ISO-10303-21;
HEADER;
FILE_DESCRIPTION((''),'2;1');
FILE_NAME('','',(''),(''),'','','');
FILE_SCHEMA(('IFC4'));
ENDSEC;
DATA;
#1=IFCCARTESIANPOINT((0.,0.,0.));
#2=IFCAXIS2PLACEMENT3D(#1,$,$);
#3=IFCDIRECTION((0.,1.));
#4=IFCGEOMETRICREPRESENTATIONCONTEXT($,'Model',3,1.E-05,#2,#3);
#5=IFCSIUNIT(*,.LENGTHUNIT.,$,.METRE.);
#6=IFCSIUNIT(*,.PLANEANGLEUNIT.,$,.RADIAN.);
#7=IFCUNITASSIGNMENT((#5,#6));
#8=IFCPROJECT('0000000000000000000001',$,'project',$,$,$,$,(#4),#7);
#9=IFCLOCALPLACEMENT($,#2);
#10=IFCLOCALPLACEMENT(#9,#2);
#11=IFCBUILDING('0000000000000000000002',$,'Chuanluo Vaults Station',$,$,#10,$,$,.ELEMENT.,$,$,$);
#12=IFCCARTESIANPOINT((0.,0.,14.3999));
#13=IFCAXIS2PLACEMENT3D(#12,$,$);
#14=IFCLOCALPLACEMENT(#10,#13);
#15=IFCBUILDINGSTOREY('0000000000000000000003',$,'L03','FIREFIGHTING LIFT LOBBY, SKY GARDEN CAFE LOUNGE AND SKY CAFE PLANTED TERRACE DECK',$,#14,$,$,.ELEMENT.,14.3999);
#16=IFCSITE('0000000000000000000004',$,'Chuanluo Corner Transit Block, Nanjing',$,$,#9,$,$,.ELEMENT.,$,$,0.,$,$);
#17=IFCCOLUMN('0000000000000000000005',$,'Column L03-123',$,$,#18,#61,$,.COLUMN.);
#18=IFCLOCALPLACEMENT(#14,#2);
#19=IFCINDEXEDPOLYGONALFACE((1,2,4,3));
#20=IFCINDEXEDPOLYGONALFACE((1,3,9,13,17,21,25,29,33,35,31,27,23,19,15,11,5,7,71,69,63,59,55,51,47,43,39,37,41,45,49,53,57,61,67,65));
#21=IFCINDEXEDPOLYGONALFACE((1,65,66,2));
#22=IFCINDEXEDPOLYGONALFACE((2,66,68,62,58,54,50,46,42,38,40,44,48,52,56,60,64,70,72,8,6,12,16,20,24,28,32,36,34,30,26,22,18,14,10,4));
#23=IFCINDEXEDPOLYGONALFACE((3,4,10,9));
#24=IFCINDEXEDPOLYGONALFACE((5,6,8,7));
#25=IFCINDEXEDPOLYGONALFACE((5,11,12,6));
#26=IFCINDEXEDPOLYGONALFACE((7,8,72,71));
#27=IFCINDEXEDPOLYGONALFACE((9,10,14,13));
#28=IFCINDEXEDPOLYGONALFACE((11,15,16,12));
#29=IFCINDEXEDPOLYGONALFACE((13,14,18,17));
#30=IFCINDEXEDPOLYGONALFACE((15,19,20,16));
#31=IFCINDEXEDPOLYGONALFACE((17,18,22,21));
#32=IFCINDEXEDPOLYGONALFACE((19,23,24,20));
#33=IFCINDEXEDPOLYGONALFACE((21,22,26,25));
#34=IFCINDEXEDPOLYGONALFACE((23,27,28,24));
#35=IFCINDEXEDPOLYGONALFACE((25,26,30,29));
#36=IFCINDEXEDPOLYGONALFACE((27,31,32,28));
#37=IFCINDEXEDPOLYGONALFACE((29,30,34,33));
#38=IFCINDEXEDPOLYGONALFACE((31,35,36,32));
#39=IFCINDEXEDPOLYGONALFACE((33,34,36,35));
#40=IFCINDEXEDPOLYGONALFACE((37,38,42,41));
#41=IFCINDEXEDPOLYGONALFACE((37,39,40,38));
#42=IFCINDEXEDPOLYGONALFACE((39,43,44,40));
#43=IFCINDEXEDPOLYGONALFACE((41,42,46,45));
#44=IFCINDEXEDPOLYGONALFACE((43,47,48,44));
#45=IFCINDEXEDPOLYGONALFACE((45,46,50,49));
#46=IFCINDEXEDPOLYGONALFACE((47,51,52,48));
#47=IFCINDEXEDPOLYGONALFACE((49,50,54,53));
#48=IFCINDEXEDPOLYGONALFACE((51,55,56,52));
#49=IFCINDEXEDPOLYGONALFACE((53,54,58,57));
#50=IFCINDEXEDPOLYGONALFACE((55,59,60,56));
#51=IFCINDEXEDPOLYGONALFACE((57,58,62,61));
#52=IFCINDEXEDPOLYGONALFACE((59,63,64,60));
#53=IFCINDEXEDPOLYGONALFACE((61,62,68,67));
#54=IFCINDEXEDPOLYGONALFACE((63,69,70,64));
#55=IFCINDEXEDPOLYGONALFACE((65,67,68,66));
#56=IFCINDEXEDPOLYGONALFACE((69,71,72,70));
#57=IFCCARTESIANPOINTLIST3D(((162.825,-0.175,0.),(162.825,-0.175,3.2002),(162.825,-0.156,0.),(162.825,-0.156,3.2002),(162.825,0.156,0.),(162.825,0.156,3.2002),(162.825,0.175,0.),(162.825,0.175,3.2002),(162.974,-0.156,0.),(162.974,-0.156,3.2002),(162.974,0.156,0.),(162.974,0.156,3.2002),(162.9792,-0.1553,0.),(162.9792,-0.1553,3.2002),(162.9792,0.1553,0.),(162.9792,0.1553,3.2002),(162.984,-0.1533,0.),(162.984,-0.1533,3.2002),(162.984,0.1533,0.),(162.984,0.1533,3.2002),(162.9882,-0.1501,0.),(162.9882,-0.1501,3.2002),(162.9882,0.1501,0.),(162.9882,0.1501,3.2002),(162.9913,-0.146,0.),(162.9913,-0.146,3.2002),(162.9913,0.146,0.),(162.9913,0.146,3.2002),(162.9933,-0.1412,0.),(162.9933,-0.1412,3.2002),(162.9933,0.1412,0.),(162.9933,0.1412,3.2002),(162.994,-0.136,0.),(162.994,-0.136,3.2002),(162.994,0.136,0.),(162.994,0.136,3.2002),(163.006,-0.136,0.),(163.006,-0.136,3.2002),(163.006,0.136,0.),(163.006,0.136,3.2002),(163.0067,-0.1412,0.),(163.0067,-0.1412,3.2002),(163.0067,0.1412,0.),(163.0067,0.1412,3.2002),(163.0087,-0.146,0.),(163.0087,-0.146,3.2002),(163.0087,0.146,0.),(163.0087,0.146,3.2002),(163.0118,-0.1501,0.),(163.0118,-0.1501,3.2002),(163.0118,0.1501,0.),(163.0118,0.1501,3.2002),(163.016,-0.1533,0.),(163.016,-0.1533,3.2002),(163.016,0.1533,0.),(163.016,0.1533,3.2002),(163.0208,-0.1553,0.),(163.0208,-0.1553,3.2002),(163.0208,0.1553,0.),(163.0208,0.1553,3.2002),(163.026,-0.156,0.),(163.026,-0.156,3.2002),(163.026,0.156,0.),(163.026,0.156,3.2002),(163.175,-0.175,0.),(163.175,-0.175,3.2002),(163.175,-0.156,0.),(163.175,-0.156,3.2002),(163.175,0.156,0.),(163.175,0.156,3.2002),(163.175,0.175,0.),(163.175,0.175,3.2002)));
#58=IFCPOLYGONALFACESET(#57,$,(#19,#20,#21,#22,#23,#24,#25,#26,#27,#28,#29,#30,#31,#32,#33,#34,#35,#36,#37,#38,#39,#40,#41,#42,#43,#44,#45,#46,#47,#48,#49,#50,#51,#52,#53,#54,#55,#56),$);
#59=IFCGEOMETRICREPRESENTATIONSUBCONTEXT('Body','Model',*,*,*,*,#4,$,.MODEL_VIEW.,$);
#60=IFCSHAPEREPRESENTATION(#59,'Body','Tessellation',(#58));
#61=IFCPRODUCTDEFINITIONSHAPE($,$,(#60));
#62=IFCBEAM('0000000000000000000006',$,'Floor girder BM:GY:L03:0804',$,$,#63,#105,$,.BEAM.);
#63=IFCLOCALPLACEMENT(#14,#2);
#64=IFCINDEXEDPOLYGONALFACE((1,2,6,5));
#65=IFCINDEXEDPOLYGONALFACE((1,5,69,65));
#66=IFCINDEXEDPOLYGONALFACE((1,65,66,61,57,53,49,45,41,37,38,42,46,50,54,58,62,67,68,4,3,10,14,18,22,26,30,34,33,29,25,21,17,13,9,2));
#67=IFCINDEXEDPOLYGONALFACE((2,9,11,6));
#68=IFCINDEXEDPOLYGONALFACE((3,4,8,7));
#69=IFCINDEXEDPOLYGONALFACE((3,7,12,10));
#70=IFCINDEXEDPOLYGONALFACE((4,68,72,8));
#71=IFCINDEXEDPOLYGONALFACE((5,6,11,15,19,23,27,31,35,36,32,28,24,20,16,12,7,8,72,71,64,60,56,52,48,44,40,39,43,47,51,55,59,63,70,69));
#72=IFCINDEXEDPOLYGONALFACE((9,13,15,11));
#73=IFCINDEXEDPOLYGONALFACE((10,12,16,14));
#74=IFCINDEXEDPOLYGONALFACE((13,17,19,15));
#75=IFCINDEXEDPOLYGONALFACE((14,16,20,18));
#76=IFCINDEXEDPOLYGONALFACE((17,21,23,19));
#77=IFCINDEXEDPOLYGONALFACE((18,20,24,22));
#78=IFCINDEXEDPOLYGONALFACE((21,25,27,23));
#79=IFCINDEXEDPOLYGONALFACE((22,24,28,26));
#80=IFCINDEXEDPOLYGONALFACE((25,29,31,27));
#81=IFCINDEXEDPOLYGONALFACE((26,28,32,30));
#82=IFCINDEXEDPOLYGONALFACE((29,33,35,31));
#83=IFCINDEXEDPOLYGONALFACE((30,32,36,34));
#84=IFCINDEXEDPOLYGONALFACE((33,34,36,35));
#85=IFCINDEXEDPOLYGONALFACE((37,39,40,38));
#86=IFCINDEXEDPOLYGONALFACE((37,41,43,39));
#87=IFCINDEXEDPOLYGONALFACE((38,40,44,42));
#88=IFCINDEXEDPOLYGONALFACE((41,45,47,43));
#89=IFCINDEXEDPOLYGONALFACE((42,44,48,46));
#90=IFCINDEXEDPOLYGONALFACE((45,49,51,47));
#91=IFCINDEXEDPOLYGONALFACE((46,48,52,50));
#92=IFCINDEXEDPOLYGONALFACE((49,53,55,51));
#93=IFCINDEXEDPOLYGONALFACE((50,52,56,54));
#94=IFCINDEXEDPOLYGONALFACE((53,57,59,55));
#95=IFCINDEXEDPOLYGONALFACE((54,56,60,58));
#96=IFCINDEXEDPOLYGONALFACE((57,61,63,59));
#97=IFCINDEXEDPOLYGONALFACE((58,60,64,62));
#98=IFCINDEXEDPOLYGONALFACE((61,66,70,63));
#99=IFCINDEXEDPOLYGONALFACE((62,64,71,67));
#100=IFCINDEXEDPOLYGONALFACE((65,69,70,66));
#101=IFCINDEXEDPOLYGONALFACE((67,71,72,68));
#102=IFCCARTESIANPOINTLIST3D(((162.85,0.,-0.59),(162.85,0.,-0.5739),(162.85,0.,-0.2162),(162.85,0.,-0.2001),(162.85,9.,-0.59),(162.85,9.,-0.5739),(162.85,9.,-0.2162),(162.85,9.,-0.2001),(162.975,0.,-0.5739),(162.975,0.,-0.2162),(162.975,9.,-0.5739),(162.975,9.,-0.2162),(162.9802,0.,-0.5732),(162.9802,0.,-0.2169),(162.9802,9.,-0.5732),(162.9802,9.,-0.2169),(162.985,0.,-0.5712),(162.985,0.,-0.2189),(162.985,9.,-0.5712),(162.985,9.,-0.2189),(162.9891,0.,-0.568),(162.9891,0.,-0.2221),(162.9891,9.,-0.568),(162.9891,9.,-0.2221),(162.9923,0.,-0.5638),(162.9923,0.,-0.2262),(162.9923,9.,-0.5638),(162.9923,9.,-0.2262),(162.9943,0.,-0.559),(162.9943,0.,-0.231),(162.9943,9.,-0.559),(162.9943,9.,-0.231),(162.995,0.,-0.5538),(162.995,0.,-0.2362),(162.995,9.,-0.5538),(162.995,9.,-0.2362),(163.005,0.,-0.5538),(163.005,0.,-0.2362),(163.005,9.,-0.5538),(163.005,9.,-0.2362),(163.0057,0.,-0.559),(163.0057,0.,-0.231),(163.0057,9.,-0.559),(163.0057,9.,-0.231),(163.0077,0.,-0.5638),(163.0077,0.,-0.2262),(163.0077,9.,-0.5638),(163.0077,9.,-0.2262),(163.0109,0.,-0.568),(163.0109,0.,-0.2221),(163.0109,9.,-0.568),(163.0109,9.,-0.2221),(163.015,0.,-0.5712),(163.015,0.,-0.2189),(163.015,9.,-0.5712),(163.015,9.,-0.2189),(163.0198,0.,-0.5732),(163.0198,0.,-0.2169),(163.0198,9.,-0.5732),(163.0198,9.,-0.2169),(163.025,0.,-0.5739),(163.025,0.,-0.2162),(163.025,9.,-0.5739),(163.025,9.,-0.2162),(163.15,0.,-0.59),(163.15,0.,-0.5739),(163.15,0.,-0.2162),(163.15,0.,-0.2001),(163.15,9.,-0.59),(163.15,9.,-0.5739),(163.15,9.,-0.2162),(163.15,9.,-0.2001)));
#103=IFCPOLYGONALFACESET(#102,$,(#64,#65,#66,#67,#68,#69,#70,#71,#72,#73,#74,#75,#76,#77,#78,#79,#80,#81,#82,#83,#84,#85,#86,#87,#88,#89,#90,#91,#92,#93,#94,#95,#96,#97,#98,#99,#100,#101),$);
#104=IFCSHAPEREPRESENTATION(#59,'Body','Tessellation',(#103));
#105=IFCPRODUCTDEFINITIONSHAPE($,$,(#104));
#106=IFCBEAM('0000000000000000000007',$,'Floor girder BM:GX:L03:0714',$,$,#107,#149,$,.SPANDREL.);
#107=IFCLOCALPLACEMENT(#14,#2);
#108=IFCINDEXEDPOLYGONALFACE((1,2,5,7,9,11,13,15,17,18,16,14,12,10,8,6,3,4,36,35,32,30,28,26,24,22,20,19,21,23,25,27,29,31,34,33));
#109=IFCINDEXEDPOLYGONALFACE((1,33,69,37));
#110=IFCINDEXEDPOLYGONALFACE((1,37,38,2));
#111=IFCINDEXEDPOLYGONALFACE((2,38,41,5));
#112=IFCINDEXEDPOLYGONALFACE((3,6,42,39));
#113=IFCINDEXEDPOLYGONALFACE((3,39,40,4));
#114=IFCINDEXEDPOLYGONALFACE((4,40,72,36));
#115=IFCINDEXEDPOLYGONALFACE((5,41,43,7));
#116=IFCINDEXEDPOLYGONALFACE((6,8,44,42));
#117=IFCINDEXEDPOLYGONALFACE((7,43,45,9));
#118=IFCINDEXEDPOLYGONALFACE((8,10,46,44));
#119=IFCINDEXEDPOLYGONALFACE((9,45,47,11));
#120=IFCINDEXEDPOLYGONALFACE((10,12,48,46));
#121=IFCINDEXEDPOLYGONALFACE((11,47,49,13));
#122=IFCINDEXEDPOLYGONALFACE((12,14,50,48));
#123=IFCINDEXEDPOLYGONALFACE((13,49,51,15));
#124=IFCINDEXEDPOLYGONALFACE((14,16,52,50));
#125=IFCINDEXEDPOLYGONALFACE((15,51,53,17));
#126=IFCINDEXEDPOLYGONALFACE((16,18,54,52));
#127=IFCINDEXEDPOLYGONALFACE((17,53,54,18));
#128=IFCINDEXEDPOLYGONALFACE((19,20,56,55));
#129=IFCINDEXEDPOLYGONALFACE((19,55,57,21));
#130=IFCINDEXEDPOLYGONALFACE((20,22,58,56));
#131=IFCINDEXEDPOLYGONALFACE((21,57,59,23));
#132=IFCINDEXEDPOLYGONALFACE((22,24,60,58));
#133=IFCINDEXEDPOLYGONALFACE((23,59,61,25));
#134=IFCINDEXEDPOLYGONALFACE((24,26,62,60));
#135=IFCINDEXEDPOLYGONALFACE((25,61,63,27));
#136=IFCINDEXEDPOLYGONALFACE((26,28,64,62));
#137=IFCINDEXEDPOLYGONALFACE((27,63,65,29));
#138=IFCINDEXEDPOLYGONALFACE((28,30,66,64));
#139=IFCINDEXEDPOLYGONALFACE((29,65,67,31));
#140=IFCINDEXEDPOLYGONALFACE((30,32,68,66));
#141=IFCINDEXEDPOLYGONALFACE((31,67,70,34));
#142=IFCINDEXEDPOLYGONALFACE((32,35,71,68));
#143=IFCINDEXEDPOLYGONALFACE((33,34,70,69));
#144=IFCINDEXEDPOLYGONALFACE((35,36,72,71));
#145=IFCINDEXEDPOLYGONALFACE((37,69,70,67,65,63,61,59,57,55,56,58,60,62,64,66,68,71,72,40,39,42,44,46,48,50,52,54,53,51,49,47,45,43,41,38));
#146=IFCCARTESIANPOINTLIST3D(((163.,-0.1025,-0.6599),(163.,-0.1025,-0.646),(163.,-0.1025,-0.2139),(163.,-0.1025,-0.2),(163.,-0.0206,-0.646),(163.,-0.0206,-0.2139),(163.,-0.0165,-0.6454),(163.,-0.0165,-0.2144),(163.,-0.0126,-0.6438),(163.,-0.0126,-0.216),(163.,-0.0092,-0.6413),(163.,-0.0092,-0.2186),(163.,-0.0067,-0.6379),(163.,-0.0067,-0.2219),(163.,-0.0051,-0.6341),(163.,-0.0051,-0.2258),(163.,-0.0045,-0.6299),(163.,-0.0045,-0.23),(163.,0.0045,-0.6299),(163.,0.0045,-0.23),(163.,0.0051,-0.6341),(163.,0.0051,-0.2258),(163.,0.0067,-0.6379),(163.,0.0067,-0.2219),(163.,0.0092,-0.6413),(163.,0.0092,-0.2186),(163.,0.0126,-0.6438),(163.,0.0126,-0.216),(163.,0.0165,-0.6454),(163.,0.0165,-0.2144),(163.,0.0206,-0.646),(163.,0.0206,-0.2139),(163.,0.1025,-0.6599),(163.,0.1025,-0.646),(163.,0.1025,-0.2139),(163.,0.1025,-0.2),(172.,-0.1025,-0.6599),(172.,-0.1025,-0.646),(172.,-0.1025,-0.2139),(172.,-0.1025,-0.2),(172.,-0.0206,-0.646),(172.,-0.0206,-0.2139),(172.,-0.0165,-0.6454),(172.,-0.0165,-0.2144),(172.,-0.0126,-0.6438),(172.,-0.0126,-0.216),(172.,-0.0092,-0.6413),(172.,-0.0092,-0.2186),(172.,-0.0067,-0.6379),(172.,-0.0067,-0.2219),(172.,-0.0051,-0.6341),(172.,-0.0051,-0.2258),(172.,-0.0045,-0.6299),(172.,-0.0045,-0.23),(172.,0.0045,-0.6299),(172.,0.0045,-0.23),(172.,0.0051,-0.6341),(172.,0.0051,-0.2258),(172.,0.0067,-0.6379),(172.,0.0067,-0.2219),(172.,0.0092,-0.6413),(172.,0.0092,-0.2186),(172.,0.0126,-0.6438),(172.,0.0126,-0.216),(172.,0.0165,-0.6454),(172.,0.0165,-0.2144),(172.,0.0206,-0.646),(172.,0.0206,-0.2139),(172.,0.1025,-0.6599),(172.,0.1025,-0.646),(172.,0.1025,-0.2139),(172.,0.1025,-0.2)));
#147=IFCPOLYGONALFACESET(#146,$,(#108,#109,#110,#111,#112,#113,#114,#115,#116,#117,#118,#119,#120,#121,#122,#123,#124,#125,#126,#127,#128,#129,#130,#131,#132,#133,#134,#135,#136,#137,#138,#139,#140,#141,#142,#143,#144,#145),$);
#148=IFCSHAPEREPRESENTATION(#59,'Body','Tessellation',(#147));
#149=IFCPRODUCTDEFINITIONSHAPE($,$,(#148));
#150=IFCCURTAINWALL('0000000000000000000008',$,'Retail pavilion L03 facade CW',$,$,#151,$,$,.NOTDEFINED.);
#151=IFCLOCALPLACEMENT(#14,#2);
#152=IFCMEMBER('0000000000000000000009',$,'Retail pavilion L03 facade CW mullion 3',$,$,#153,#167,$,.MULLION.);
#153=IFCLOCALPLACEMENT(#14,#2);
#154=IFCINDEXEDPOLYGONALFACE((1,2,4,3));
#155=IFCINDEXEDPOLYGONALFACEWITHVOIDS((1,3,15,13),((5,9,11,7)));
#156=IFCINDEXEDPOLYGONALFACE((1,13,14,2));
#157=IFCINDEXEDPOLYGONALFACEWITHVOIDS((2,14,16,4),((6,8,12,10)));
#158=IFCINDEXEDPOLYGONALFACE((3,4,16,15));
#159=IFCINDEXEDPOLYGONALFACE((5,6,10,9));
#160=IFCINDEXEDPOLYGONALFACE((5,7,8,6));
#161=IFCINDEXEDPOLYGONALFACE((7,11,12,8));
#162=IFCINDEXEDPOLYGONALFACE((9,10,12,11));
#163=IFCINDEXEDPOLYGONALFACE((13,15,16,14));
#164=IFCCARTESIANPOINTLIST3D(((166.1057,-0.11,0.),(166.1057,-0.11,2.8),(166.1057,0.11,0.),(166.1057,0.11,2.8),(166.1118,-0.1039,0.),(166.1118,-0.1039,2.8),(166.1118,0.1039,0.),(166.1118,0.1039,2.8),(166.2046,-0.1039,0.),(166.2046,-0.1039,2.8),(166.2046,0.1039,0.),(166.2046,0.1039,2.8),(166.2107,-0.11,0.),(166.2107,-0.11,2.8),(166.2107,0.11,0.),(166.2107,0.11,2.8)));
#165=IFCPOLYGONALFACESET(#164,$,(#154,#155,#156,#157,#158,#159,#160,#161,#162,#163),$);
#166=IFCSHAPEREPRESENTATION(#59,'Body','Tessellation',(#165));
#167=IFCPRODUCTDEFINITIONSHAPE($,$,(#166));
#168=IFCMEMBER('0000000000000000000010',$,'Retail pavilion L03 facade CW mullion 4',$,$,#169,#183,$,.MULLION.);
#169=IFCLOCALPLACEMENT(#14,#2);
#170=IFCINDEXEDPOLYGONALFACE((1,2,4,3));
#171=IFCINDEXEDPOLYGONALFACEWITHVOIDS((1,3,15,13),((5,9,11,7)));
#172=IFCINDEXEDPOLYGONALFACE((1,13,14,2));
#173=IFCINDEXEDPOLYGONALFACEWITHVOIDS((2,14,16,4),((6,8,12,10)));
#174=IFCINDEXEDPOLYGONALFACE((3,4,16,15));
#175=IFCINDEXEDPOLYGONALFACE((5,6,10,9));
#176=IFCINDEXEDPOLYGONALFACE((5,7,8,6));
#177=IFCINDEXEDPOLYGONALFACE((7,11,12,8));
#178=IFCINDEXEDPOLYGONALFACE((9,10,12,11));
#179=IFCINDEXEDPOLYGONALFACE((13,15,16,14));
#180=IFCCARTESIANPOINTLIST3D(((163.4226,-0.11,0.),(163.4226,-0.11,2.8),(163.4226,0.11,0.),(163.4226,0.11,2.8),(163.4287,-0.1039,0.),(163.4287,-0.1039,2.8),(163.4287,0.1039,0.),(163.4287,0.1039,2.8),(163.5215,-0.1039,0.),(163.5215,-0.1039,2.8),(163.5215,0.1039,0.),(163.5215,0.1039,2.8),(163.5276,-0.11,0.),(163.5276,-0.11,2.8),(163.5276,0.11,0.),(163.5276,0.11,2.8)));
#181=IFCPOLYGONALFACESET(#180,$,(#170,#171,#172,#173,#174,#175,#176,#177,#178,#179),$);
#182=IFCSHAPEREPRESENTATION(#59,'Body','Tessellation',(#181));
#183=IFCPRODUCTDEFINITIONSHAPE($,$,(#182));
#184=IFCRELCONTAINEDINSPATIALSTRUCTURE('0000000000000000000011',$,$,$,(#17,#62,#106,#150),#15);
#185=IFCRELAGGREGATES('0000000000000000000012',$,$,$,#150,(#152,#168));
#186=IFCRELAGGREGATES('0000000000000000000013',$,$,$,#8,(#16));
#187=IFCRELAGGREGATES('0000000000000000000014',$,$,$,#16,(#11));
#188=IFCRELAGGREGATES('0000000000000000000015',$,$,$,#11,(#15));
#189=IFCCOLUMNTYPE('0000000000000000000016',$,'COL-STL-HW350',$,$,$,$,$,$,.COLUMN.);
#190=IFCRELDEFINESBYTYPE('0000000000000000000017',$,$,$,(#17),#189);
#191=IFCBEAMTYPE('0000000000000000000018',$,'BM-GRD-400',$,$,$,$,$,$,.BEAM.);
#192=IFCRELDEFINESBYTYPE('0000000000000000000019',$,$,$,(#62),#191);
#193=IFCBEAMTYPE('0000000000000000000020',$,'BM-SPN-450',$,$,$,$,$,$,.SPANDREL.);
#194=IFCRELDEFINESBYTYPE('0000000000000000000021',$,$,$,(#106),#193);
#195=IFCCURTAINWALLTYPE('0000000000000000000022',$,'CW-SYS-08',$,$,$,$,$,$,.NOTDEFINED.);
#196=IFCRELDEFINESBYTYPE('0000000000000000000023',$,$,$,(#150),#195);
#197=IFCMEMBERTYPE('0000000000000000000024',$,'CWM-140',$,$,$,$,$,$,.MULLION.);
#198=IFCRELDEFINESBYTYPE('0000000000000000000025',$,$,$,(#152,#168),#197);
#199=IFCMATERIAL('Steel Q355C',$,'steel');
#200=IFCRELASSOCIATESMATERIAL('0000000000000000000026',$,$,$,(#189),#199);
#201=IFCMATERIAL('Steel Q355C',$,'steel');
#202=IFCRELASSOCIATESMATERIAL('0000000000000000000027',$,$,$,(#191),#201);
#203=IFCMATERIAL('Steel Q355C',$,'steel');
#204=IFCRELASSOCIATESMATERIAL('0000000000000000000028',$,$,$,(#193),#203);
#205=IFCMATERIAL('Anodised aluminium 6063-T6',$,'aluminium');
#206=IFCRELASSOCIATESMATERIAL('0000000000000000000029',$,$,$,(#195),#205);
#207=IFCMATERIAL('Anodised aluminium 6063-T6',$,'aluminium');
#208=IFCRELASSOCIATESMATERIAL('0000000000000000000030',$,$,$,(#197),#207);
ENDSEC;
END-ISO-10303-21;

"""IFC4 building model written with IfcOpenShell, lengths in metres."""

from ifc_helpers import new_model, si_unit, direction, frame, origin, origin_2d, place, context, subcontext, project, spatial, hollow_rectangle, i_section, extrude, material, material_profile, profile_set, type_object, element, aggregate, save


model = new_model("IFC4")

# Units and contexts
model_context = context("Model", 3, precision=1e-05, world=origin(), true_north=direction((0.0, 1.0)))
body_context = subcontext(model_context, "Body", "Model", "MODEL_VIEW")
ifc_project = project(units=[si_unit("LENGTHUNIT", "METRE"), si_unit("PLANEANGLEUNIT", "RADIAN")], contexts=[model_context])

# Site, building, storey
site_placement = place(None, origin())
site = spatial("IfcSite", under=ifc_project, at=site_placement, Name="Chuanluo Corner Transit Block, Nanjing", CompositionType="ELEMENT", RefElevation=0.0)
building_placement = place(site_placement, origin())
building = spatial("IfcBuilding", under=site, at=building_placement, Name="Chuanluo Vaults Station", CompositionType="ELEMENT")
storey_placement = place(building_placement, frame((0.0, 0.0, 14.3999)))
storey = spatial("IfcBuildingStorey", under=building, at=storey_placement, Name="L03", Description="FIREFIGHTING LIFT LOBBY, SKY GARDEN CAFE LOUNGE AND SKY CAFE PLANTED TERRACE DECK", CompositionType="ELEMENT", Elevation=14.3999)

# Column
ifc_material_1 = material(Name="Steel Q355C", Category="steel")
ifc_material_profile_1 = material_profile(ifc_material_1, i_section(OverallWidth=0.3501, OverallDepth=0.3501, WebThickness=0.012, FlangeThickness=0.019, FilletRadius=0.02, at=origin_2d()))
ifc_profile_set_1 = profile_set([ifc_material_profile_1], Name="Steel Q355C")
column_type = type_object("IfcColumnType", Name="COL-STL-HW350", PredefinedType="COLUMN", material=ifc_profile_set_1)
column_placement = place(storey_placement, frame((163.0, 0.0, 0.0), z_axis=(0.0, 0.0, 1.0), x_axis=(1.0, 0.0, 0.0)))
element("IfcColumn", 1, at=column_placement, inside=storey, type_object=column_type, Name="Column L03-123", PredefinedType="COLUMN", context=body_context, shape_type="SweptSolid", body=[
    extrude(i_section(OverallWidth=0.3501, OverallDepth=0.3501, WebThickness=0.012, FlangeThickness=0.019, FilletRadius=0.02, at=origin_2d()), origin(), (0.0, 0.0, 1.0), 3.2002),
])

# Beams
ifc_material_2 = material(Name="Steel Q355C", Category="steel")
ifc_material_profile_2 = material_profile(ifc_material_2, i_section(OverallWidth=0.3, OverallDepth=0.3899, WebThickness=0.01, FlangeThickness=0.0161, FilletRadius=0.02, at=origin_2d()))
ifc_profile_set_2 = profile_set([ifc_material_profile_2], Name="Steel Q355C")
beam_type_1 = type_object("IfcBeamType", Name="BM-GRD-400", PredefinedType="BEAM", material=ifc_profile_set_2)
beam_1_placement = place(storey_placement, frame((163.0, 0.0, -0.395), z_axis=(0.0, 1.0, 0.0), x_axis=(-1.0, 0.0, 0.0)))
element("IfcBeam", 2, at=beam_1_placement, inside=storey, type_object=beam_type_1, Name="Floor girder BM:GY:L03:0804", PredefinedType="BEAM", context=body_context, shape_type="SweptSolid", body=[
    extrude(i_section(OverallWidth=0.3, OverallDepth=0.3899, WebThickness=0.01, FlangeThickness=0.0161, FilletRadius=0.02, at=origin_2d()), origin(), (0.0, 0.0, 1.0), 9.0),
])
ifc_material_3 = material(Name="Steel Q355C", Category="steel")
ifc_material_profile_3 = material_profile(ifc_material_3, i_section(OverallWidth=0.2051, OverallDepth=0.46, WebThickness=0.009, FlangeThickness=0.0139, FilletRadius=0.0161, at=origin_2d()))
ifc_profile_set_3 = profile_set([ifc_material_profile_3], Name="Steel Q355C")
beam_type_2 = type_object("IfcBeamType", Name="BM-SPN-450", PredefinedType="SPANDREL", material=ifc_profile_set_3)
beam_2_placement = place(storey_placement, frame((163.0, 0.0, -0.4299), z_axis=(1.0, 0.0, 0.0), x_axis=(0.0, 1.0, 0.0)))
element("IfcBeam", 3, at=beam_2_placement, inside=storey, type_object=beam_type_2, Name="Floor girder BM:GX:L03:0714", PredefinedType="SPANDREL", context=body_context, shape_type="SweptSolid", body=[
    extrude(i_section(OverallWidth=0.2051, OverallDepth=0.46, WebThickness=0.009, FlangeThickness=0.0139, FilletRadius=0.0161, at=origin_2d()), origin(), (0.0, 0.0, 1.0), 9.0),
])

# Curtain wall, members
ifc_material_4 = material(Name="Anodised aluminium 6063-T6", Category="aluminium")
curtain_wall_type_1 = type_object("IfcCurtainWallType", Name="CW-SYS-08", PredefinedType="NOTDEFINED", material=ifc_material_4)
curtain_wall_1_placement = place(storey_placement, origin())
curtain_wall_1 = element("IfcCurtainWall", 4, at=curtain_wall_1_placement, inside=storey, type_object=curtain_wall_type_1, Name="Retail pavilion L03 facade CW", PredefinedType="NOTDEFINED")
ifc_material_5 = material(Name="Anodised aluminium 6063-T6", Category="aluminium")
ifc_material_profile_4 = material_profile(ifc_material_5, hollow_rectangle(XDim=0.105, YDim=0.22, WallThickness=0.0061, at=origin_2d()))
ifc_profile_set_4 = profile_set([ifc_material_profile_4], Name="Anodised aluminium 6063-T6")
member_type_1 = type_object("IfcMemberType", Name="CWM-140", PredefinedType="MULLION", material=ifc_profile_set_4)
member_1_placement = place(storey_placement, frame((166.1582, 0.0, 0.0), z_axis=(0.0, 0.0, 1.0), x_axis=(-1.0, 0.0, 0.0)))
member_1 = element("IfcMember", 5, at=member_1_placement, type_object=member_type_1, Name="Retail pavilion L03 facade CW mullion 3", PredefinedType="MULLION", context=body_context, shape_type="SweptSolid", body=[
    extrude(hollow_rectangle(XDim=0.105, YDim=0.22, WallThickness=0.0061, at=origin_2d()), origin(), (0.0, 0.0, 1.0), 2.8),
])
member_2_placement = place(storey_placement, frame((163.4751, 0.0, 0.0), z_axis=(0.0, 0.0, 1.0), x_axis=(-1.0, 0.0, 0.0)))
member_2 = element("IfcMember", 6, at=member_2_placement, type_object=member_type_1, Name="Retail pavilion L03 facade CW mullion 4", PredefinedType="MULLION", context=body_context, shape_type="SweptSolid", body=[
    extrude(hollow_rectangle(XDim=0.105, YDim=0.22, WallThickness=0.0061, at=origin_2d()), origin(), (0.0, 0.0, 1.0), 2.8),
])

aggregate(curtain_wall_1, [member_1, member_2])

save(model, "model.ifc")
